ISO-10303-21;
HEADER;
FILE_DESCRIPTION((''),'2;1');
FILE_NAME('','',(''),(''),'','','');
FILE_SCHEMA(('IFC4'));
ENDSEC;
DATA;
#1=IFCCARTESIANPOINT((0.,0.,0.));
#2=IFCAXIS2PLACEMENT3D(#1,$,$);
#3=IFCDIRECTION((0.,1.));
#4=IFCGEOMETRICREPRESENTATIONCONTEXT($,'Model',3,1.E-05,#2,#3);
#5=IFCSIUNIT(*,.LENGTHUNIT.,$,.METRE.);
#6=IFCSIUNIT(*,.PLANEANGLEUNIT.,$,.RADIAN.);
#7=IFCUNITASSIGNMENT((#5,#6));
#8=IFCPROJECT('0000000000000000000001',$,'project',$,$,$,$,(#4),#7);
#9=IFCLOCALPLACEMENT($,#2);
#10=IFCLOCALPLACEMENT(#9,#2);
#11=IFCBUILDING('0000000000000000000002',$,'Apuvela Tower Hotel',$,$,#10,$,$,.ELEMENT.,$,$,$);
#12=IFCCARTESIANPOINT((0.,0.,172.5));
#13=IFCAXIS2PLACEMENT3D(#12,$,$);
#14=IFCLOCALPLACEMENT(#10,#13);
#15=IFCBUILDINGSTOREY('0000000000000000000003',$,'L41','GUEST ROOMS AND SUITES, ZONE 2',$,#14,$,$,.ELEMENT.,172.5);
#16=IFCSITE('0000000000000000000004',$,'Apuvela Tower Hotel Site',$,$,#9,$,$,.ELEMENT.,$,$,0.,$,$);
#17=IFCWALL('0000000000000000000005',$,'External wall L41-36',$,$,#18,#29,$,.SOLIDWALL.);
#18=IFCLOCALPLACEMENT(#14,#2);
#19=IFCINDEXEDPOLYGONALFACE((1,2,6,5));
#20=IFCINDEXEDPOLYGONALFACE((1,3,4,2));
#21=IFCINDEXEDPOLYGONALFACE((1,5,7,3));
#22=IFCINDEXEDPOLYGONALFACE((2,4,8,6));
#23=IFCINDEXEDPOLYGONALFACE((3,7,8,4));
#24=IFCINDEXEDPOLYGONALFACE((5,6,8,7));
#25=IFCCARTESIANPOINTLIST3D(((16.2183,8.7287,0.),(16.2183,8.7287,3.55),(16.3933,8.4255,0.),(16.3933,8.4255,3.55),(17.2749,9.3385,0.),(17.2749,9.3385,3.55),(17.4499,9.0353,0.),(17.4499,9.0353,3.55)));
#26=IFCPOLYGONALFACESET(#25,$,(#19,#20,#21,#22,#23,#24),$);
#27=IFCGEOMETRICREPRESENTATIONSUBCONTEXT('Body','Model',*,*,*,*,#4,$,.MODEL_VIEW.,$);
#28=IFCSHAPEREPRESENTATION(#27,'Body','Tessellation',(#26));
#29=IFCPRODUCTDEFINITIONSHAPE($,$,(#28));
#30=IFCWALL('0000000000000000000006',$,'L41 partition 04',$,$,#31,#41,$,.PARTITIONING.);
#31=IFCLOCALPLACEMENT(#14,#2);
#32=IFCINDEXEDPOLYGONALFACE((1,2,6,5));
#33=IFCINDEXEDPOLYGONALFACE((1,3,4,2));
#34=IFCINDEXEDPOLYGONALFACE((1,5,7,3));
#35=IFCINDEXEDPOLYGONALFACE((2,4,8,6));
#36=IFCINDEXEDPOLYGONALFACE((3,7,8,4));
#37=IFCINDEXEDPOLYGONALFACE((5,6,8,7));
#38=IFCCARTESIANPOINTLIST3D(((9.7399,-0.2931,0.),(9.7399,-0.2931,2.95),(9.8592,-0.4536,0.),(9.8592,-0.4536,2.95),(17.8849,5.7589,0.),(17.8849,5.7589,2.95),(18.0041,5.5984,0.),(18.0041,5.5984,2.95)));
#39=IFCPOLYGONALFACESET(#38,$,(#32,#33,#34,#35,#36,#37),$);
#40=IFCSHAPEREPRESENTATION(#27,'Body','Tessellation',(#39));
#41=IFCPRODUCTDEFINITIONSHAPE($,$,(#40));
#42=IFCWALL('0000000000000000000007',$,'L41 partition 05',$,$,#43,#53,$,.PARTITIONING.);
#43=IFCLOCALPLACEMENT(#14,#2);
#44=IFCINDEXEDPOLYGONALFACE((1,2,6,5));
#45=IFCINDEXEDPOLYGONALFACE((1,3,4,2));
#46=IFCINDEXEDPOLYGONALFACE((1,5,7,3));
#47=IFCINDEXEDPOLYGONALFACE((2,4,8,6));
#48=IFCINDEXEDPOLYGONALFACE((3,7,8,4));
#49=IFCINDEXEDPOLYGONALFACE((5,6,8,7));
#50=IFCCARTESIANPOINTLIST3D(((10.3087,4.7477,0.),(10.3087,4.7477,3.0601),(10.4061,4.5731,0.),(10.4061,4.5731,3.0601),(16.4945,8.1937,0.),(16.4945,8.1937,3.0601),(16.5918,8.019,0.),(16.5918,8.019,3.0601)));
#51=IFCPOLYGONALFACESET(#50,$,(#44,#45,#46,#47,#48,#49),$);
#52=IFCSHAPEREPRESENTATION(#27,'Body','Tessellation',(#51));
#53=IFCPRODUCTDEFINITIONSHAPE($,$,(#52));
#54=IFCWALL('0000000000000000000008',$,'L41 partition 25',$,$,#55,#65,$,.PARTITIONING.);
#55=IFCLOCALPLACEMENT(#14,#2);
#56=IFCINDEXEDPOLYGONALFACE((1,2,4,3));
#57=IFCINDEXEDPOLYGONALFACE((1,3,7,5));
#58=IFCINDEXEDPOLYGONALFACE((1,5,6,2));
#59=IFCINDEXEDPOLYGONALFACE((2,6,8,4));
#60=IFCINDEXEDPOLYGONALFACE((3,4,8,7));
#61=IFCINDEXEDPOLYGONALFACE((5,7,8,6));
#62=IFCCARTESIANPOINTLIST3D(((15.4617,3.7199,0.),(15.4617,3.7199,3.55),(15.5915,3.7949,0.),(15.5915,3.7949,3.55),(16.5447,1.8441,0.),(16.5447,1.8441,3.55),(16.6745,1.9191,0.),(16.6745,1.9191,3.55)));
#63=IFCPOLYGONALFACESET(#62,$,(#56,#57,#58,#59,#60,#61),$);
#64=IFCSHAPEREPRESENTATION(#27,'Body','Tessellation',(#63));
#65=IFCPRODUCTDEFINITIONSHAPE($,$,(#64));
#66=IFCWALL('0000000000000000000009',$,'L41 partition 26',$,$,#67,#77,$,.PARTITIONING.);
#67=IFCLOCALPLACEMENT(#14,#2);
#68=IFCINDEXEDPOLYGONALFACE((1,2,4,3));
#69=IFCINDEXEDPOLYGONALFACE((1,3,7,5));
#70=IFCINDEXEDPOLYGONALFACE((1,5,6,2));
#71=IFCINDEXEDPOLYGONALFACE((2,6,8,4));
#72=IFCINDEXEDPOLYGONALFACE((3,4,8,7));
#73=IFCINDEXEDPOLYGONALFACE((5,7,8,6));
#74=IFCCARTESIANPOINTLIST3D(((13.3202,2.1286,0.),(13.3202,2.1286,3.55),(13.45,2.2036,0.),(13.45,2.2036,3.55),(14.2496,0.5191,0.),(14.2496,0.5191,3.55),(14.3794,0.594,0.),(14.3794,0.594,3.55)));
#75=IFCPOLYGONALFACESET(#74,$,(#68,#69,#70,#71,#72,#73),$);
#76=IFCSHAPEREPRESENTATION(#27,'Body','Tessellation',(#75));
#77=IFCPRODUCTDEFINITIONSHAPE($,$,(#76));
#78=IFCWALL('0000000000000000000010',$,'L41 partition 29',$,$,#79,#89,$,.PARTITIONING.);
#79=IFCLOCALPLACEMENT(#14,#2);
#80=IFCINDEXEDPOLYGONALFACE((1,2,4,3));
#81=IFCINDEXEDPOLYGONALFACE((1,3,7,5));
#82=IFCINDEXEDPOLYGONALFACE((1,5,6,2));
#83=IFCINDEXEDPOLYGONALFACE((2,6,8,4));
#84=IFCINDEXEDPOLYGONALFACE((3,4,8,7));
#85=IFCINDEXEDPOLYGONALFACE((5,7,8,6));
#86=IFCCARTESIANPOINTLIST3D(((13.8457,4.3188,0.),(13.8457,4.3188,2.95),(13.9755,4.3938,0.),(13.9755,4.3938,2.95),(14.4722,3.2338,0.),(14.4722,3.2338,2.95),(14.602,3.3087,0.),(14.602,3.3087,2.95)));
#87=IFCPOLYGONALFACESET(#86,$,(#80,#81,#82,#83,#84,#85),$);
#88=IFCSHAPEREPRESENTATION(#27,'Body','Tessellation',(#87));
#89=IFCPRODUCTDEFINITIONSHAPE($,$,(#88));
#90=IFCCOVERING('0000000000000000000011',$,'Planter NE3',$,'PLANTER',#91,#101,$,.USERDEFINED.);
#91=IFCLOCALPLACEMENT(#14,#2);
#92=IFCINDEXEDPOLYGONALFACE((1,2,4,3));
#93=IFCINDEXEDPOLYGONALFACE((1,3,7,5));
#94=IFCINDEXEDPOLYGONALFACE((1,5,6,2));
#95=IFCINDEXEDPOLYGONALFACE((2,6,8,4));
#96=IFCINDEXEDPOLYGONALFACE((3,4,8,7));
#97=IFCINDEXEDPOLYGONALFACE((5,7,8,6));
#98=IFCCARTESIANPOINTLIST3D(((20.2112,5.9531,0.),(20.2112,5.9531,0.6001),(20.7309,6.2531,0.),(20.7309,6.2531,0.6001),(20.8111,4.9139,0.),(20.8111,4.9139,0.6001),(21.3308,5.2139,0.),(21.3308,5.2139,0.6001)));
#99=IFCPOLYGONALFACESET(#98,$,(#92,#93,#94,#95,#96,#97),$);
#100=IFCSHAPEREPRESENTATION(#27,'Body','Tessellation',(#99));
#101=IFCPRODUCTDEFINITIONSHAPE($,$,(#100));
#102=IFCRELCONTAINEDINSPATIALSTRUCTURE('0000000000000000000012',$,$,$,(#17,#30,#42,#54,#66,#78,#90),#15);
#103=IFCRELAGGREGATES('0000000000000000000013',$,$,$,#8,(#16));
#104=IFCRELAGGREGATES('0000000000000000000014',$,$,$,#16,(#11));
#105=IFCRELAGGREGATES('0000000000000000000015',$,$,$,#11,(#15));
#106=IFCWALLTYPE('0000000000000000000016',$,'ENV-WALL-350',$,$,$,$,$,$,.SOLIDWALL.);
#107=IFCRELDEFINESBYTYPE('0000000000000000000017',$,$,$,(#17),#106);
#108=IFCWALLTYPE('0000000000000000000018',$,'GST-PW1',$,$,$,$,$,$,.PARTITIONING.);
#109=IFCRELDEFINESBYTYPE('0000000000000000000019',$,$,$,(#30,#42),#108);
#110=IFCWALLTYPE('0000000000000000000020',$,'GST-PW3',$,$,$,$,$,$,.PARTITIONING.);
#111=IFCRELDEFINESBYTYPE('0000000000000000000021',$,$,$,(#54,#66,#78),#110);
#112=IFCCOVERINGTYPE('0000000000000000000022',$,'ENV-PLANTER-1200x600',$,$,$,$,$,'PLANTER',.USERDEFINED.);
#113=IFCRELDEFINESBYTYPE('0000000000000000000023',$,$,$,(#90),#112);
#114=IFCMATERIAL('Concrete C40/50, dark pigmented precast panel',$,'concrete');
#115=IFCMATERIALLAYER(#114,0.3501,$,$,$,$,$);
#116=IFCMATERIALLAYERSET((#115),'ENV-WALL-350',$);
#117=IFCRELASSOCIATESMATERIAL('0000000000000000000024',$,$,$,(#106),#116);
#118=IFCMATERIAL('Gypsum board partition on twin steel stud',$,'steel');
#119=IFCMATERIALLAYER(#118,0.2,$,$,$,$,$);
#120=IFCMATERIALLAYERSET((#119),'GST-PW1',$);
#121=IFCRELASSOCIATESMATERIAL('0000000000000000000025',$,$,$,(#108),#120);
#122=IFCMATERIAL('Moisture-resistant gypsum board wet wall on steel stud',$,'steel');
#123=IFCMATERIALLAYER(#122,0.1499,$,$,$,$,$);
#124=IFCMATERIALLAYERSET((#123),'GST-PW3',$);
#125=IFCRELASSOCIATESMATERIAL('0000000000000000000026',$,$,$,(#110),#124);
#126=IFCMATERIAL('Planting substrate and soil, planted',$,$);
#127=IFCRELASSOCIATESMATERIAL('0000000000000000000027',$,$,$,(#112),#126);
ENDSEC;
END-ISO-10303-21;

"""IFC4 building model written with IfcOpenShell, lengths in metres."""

from ifc_helpers import new_model, si_unit, direction, frame, frame_2d, origin, origin_2d, place, context, subcontext, project, spatial, rectangle, extrude, material, layer, layer_set, type_object, element, save


model = new_model("IFC4")

# Units and contexts
model_context = context("Model", 3, precision=1e-05, world=origin(), true_north=direction((0.0, 1.0)))
body_context = subcontext(model_context, "Body", "Model", "MODEL_VIEW")
ifc_project = project(units=[si_unit("LENGTHUNIT", "METRE"), si_unit("PLANEANGLEUNIT", "RADIAN")], contexts=[model_context])

# Site, building, storey
site_placement = place(None, origin())
site = spatial("IfcSite", under=ifc_project, at=site_placement, Name="Apuvela Tower Hotel Site", CompositionType="ELEMENT", RefElevation=0.0)
building_placement = place(site_placement, origin())
building = spatial("IfcBuilding", under=site, at=building_placement, Name="Apuvela Tower Hotel", CompositionType="ELEMENT")
storey_placement = place(building_placement, frame((0.0, 0.0, 172.5)))
storey = spatial("IfcBuildingStorey", under=building, at=storey_placement, Name="L41", Description="GUEST ROOMS AND SUITES, ZONE 2", CompositionType="ELEMENT", Elevation=172.5)

# Shared definitions
ifc_material_1 = material(Name="Concrete C40/50, dark pigmented precast panel", Category="concrete")
ifc_layer_1 = layer(ifc_material_1, 0.3501)
ifc_layer_set_1 = layer_set([ifc_layer_1], Name="ENV-WALL-350")
wall_type_1 = type_object("IfcWallType", Name="ENV-WALL-350", PredefinedType="SOLIDWALL", material=ifc_layer_set_1)

# Wall
wall_1_placement = place(storey_placement, frame((16.3059, 8.5771, 0.0), z_axis=(0.0, 0.0, 1.0), x_axis=(0.866092, 0.499884, 0.0)))
element("IfcWall", 1, at=wall_1_placement, inside=storey, type_object=wall_type_1, Name="External wall L41-36", PredefinedType="SOLIDWALL", context=body_context, shape_type="SweptSolid", body=[
    extrude(rectangle(XDim=1.22, YDim=0.3501, at=frame_2d((0.6099, 0.0))), origin(), (0.0, 0.0, 1.0), 3.55),
])

# Walls
ifc_material_2 = material(Name="Gypsum board partition on twin steel stud", Category="steel")
ifc_layer_2 = layer(ifc_material_2, 0.2)
ifc_layer_set_2 = layer_set([ifc_layer_2], Name="GST-PW1")
wall_type_2 = type_object("IfcWallType", Name="GST-PW1", PredefinedType="PARTITIONING", material=ifc_layer_set_2)
wall_2_placement = place(storey_placement, frame((17.9446, 5.6787, 0.0), z_axis=(0.0, 0.0, 1.0), x_axis=(-0.802677, -0.596414, 0.0)))
element("IfcWall", 2, at=wall_2_placement, inside=storey, type_object=wall_type_2, Name="L41 partition 04", PredefinedType="PARTITIONING", context=body_context, shape_type="SweptSolid", body=[
    extrude(rectangle(XDim=10.1472, YDim=0.2, at=frame_2d((5.0737, 0.0))), origin(), (0.0, 0.0, 1.0), 2.95),
])
wall_3_placement = place(storey_placement, frame((16.5432, 8.1064, 0.0), z_axis=(0.0, 0.0, 1.0), x_axis=(-0.873587, -0.486667, 0.0)))
element("IfcWall", 3, at=wall_3_placement, inside=storey, type_object=wall_type_2, Name="L41 partition 05", PredefinedType="PARTITIONING", context=body_context, shape_type="SweptSolid", body=[
    extrude(rectangle(XDim=7.0808, YDim=0.2, at=frame_2d((3.5405, 0.0))), origin(), (0.0, 0.0, 1.0), 3.0601),
])
ifc_material_3 = material(Name="Moisture-resistant gypsum board wet wall on steel stud", Category="steel")
ifc_layer_3 = layer(ifc_material_3, 0.1499)
ifc_layer_set_3 = layer_set([ifc_layer_3], Name="GST-PW3")
wall_type_3 = type_object("IfcWallType", Name="GST-PW3", PredefinedType="PARTITIONING", material=ifc_layer_set_3)
wall_4_placement = place(storey_placement, frame((16.6096, 1.8816, 0.0), z_axis=(0.0, 0.0, 1.0), x_axis=(-0.500018, 0.866015, 0.0)))
element("IfcWall", 4, at=wall_4_placement, inside=storey, type_object=wall_type_3, Name="L41 partition 25", PredefinedType="PARTITIONING", context=body_context, shape_type="SweptSolid", body=[
    extrude(rectangle(XDim=2.166, YDim=0.1499, at=frame_2d((1.083, 0.0))), origin(), (0.0, 0.0, 1.0), 3.55),
])
wall_5_placement = place(storey_placement, frame((14.3145, 0.5566, 0.0), z_axis=(0.0, 0.0, 1.0), x_axis=(-0.500052, 0.865995, 0.0)))
element("IfcWall", 5, at=wall_5_placement, inside=storey, type_object=wall_type_3, Name="L41 partition 26", PredefinedType="PARTITIONING", context=body_context, shape_type="SweptSolid", body=[
    extrude(rectangle(XDim=1.8586, YDim=0.1499, at=frame_2d((0.9292, 0.0))), origin(), (0.0, 0.0, 1.0), 3.55),
])
wall_6_placement = place(storey_placement, frame((14.5371, 3.2712, 0.0), z_axis=(0.0, 0.0, 1.0), x_axis=(-0.500037, 0.866004, 0.0)))
element("IfcWall", 6, at=wall_6_placement, inside=storey, type_object=wall_type_3, Name="L41 partition 29", PredefinedType="PARTITIONING", context=body_context, shape_type="SweptSolid", body=[
    extrude(rectangle(XDim=1.2529, YDim=0.1499, at=frame_2d((0.6265, 0.0))), origin(), (0.0, 0.0, 1.0), 2.95),
])

# Covering
ifc_material_4 = material(Name="Planting substrate and soil, planted")
covering_type = type_object("IfcCoveringType", Name="ENV-PLANTER-1200x600", ElementType="PLANTER", PredefinedType="USERDEFINED", material=ifc_material_4)
covering_placement = place(storey_placement, frame((20.771, 5.5835, 0.0), z_axis=(0.0, 0.0, 1.0), x_axis=(-0.5, 0.866025, 0.0)))
element("IfcCovering", 7, at=covering_placement, inside=storey, type_object=covering_type, Name="Planter NE3", ObjectType="PLANTER", PredefinedType="USERDEFINED", context=body_context, shape_type="SweptSolid", body=[
    extrude(rectangle(XDim=1.2, YDim=0.6001, at=origin_2d()), origin(), (0.0, 0.0, 1.0), 0.6001),
])

save(model, "model.ifc")
